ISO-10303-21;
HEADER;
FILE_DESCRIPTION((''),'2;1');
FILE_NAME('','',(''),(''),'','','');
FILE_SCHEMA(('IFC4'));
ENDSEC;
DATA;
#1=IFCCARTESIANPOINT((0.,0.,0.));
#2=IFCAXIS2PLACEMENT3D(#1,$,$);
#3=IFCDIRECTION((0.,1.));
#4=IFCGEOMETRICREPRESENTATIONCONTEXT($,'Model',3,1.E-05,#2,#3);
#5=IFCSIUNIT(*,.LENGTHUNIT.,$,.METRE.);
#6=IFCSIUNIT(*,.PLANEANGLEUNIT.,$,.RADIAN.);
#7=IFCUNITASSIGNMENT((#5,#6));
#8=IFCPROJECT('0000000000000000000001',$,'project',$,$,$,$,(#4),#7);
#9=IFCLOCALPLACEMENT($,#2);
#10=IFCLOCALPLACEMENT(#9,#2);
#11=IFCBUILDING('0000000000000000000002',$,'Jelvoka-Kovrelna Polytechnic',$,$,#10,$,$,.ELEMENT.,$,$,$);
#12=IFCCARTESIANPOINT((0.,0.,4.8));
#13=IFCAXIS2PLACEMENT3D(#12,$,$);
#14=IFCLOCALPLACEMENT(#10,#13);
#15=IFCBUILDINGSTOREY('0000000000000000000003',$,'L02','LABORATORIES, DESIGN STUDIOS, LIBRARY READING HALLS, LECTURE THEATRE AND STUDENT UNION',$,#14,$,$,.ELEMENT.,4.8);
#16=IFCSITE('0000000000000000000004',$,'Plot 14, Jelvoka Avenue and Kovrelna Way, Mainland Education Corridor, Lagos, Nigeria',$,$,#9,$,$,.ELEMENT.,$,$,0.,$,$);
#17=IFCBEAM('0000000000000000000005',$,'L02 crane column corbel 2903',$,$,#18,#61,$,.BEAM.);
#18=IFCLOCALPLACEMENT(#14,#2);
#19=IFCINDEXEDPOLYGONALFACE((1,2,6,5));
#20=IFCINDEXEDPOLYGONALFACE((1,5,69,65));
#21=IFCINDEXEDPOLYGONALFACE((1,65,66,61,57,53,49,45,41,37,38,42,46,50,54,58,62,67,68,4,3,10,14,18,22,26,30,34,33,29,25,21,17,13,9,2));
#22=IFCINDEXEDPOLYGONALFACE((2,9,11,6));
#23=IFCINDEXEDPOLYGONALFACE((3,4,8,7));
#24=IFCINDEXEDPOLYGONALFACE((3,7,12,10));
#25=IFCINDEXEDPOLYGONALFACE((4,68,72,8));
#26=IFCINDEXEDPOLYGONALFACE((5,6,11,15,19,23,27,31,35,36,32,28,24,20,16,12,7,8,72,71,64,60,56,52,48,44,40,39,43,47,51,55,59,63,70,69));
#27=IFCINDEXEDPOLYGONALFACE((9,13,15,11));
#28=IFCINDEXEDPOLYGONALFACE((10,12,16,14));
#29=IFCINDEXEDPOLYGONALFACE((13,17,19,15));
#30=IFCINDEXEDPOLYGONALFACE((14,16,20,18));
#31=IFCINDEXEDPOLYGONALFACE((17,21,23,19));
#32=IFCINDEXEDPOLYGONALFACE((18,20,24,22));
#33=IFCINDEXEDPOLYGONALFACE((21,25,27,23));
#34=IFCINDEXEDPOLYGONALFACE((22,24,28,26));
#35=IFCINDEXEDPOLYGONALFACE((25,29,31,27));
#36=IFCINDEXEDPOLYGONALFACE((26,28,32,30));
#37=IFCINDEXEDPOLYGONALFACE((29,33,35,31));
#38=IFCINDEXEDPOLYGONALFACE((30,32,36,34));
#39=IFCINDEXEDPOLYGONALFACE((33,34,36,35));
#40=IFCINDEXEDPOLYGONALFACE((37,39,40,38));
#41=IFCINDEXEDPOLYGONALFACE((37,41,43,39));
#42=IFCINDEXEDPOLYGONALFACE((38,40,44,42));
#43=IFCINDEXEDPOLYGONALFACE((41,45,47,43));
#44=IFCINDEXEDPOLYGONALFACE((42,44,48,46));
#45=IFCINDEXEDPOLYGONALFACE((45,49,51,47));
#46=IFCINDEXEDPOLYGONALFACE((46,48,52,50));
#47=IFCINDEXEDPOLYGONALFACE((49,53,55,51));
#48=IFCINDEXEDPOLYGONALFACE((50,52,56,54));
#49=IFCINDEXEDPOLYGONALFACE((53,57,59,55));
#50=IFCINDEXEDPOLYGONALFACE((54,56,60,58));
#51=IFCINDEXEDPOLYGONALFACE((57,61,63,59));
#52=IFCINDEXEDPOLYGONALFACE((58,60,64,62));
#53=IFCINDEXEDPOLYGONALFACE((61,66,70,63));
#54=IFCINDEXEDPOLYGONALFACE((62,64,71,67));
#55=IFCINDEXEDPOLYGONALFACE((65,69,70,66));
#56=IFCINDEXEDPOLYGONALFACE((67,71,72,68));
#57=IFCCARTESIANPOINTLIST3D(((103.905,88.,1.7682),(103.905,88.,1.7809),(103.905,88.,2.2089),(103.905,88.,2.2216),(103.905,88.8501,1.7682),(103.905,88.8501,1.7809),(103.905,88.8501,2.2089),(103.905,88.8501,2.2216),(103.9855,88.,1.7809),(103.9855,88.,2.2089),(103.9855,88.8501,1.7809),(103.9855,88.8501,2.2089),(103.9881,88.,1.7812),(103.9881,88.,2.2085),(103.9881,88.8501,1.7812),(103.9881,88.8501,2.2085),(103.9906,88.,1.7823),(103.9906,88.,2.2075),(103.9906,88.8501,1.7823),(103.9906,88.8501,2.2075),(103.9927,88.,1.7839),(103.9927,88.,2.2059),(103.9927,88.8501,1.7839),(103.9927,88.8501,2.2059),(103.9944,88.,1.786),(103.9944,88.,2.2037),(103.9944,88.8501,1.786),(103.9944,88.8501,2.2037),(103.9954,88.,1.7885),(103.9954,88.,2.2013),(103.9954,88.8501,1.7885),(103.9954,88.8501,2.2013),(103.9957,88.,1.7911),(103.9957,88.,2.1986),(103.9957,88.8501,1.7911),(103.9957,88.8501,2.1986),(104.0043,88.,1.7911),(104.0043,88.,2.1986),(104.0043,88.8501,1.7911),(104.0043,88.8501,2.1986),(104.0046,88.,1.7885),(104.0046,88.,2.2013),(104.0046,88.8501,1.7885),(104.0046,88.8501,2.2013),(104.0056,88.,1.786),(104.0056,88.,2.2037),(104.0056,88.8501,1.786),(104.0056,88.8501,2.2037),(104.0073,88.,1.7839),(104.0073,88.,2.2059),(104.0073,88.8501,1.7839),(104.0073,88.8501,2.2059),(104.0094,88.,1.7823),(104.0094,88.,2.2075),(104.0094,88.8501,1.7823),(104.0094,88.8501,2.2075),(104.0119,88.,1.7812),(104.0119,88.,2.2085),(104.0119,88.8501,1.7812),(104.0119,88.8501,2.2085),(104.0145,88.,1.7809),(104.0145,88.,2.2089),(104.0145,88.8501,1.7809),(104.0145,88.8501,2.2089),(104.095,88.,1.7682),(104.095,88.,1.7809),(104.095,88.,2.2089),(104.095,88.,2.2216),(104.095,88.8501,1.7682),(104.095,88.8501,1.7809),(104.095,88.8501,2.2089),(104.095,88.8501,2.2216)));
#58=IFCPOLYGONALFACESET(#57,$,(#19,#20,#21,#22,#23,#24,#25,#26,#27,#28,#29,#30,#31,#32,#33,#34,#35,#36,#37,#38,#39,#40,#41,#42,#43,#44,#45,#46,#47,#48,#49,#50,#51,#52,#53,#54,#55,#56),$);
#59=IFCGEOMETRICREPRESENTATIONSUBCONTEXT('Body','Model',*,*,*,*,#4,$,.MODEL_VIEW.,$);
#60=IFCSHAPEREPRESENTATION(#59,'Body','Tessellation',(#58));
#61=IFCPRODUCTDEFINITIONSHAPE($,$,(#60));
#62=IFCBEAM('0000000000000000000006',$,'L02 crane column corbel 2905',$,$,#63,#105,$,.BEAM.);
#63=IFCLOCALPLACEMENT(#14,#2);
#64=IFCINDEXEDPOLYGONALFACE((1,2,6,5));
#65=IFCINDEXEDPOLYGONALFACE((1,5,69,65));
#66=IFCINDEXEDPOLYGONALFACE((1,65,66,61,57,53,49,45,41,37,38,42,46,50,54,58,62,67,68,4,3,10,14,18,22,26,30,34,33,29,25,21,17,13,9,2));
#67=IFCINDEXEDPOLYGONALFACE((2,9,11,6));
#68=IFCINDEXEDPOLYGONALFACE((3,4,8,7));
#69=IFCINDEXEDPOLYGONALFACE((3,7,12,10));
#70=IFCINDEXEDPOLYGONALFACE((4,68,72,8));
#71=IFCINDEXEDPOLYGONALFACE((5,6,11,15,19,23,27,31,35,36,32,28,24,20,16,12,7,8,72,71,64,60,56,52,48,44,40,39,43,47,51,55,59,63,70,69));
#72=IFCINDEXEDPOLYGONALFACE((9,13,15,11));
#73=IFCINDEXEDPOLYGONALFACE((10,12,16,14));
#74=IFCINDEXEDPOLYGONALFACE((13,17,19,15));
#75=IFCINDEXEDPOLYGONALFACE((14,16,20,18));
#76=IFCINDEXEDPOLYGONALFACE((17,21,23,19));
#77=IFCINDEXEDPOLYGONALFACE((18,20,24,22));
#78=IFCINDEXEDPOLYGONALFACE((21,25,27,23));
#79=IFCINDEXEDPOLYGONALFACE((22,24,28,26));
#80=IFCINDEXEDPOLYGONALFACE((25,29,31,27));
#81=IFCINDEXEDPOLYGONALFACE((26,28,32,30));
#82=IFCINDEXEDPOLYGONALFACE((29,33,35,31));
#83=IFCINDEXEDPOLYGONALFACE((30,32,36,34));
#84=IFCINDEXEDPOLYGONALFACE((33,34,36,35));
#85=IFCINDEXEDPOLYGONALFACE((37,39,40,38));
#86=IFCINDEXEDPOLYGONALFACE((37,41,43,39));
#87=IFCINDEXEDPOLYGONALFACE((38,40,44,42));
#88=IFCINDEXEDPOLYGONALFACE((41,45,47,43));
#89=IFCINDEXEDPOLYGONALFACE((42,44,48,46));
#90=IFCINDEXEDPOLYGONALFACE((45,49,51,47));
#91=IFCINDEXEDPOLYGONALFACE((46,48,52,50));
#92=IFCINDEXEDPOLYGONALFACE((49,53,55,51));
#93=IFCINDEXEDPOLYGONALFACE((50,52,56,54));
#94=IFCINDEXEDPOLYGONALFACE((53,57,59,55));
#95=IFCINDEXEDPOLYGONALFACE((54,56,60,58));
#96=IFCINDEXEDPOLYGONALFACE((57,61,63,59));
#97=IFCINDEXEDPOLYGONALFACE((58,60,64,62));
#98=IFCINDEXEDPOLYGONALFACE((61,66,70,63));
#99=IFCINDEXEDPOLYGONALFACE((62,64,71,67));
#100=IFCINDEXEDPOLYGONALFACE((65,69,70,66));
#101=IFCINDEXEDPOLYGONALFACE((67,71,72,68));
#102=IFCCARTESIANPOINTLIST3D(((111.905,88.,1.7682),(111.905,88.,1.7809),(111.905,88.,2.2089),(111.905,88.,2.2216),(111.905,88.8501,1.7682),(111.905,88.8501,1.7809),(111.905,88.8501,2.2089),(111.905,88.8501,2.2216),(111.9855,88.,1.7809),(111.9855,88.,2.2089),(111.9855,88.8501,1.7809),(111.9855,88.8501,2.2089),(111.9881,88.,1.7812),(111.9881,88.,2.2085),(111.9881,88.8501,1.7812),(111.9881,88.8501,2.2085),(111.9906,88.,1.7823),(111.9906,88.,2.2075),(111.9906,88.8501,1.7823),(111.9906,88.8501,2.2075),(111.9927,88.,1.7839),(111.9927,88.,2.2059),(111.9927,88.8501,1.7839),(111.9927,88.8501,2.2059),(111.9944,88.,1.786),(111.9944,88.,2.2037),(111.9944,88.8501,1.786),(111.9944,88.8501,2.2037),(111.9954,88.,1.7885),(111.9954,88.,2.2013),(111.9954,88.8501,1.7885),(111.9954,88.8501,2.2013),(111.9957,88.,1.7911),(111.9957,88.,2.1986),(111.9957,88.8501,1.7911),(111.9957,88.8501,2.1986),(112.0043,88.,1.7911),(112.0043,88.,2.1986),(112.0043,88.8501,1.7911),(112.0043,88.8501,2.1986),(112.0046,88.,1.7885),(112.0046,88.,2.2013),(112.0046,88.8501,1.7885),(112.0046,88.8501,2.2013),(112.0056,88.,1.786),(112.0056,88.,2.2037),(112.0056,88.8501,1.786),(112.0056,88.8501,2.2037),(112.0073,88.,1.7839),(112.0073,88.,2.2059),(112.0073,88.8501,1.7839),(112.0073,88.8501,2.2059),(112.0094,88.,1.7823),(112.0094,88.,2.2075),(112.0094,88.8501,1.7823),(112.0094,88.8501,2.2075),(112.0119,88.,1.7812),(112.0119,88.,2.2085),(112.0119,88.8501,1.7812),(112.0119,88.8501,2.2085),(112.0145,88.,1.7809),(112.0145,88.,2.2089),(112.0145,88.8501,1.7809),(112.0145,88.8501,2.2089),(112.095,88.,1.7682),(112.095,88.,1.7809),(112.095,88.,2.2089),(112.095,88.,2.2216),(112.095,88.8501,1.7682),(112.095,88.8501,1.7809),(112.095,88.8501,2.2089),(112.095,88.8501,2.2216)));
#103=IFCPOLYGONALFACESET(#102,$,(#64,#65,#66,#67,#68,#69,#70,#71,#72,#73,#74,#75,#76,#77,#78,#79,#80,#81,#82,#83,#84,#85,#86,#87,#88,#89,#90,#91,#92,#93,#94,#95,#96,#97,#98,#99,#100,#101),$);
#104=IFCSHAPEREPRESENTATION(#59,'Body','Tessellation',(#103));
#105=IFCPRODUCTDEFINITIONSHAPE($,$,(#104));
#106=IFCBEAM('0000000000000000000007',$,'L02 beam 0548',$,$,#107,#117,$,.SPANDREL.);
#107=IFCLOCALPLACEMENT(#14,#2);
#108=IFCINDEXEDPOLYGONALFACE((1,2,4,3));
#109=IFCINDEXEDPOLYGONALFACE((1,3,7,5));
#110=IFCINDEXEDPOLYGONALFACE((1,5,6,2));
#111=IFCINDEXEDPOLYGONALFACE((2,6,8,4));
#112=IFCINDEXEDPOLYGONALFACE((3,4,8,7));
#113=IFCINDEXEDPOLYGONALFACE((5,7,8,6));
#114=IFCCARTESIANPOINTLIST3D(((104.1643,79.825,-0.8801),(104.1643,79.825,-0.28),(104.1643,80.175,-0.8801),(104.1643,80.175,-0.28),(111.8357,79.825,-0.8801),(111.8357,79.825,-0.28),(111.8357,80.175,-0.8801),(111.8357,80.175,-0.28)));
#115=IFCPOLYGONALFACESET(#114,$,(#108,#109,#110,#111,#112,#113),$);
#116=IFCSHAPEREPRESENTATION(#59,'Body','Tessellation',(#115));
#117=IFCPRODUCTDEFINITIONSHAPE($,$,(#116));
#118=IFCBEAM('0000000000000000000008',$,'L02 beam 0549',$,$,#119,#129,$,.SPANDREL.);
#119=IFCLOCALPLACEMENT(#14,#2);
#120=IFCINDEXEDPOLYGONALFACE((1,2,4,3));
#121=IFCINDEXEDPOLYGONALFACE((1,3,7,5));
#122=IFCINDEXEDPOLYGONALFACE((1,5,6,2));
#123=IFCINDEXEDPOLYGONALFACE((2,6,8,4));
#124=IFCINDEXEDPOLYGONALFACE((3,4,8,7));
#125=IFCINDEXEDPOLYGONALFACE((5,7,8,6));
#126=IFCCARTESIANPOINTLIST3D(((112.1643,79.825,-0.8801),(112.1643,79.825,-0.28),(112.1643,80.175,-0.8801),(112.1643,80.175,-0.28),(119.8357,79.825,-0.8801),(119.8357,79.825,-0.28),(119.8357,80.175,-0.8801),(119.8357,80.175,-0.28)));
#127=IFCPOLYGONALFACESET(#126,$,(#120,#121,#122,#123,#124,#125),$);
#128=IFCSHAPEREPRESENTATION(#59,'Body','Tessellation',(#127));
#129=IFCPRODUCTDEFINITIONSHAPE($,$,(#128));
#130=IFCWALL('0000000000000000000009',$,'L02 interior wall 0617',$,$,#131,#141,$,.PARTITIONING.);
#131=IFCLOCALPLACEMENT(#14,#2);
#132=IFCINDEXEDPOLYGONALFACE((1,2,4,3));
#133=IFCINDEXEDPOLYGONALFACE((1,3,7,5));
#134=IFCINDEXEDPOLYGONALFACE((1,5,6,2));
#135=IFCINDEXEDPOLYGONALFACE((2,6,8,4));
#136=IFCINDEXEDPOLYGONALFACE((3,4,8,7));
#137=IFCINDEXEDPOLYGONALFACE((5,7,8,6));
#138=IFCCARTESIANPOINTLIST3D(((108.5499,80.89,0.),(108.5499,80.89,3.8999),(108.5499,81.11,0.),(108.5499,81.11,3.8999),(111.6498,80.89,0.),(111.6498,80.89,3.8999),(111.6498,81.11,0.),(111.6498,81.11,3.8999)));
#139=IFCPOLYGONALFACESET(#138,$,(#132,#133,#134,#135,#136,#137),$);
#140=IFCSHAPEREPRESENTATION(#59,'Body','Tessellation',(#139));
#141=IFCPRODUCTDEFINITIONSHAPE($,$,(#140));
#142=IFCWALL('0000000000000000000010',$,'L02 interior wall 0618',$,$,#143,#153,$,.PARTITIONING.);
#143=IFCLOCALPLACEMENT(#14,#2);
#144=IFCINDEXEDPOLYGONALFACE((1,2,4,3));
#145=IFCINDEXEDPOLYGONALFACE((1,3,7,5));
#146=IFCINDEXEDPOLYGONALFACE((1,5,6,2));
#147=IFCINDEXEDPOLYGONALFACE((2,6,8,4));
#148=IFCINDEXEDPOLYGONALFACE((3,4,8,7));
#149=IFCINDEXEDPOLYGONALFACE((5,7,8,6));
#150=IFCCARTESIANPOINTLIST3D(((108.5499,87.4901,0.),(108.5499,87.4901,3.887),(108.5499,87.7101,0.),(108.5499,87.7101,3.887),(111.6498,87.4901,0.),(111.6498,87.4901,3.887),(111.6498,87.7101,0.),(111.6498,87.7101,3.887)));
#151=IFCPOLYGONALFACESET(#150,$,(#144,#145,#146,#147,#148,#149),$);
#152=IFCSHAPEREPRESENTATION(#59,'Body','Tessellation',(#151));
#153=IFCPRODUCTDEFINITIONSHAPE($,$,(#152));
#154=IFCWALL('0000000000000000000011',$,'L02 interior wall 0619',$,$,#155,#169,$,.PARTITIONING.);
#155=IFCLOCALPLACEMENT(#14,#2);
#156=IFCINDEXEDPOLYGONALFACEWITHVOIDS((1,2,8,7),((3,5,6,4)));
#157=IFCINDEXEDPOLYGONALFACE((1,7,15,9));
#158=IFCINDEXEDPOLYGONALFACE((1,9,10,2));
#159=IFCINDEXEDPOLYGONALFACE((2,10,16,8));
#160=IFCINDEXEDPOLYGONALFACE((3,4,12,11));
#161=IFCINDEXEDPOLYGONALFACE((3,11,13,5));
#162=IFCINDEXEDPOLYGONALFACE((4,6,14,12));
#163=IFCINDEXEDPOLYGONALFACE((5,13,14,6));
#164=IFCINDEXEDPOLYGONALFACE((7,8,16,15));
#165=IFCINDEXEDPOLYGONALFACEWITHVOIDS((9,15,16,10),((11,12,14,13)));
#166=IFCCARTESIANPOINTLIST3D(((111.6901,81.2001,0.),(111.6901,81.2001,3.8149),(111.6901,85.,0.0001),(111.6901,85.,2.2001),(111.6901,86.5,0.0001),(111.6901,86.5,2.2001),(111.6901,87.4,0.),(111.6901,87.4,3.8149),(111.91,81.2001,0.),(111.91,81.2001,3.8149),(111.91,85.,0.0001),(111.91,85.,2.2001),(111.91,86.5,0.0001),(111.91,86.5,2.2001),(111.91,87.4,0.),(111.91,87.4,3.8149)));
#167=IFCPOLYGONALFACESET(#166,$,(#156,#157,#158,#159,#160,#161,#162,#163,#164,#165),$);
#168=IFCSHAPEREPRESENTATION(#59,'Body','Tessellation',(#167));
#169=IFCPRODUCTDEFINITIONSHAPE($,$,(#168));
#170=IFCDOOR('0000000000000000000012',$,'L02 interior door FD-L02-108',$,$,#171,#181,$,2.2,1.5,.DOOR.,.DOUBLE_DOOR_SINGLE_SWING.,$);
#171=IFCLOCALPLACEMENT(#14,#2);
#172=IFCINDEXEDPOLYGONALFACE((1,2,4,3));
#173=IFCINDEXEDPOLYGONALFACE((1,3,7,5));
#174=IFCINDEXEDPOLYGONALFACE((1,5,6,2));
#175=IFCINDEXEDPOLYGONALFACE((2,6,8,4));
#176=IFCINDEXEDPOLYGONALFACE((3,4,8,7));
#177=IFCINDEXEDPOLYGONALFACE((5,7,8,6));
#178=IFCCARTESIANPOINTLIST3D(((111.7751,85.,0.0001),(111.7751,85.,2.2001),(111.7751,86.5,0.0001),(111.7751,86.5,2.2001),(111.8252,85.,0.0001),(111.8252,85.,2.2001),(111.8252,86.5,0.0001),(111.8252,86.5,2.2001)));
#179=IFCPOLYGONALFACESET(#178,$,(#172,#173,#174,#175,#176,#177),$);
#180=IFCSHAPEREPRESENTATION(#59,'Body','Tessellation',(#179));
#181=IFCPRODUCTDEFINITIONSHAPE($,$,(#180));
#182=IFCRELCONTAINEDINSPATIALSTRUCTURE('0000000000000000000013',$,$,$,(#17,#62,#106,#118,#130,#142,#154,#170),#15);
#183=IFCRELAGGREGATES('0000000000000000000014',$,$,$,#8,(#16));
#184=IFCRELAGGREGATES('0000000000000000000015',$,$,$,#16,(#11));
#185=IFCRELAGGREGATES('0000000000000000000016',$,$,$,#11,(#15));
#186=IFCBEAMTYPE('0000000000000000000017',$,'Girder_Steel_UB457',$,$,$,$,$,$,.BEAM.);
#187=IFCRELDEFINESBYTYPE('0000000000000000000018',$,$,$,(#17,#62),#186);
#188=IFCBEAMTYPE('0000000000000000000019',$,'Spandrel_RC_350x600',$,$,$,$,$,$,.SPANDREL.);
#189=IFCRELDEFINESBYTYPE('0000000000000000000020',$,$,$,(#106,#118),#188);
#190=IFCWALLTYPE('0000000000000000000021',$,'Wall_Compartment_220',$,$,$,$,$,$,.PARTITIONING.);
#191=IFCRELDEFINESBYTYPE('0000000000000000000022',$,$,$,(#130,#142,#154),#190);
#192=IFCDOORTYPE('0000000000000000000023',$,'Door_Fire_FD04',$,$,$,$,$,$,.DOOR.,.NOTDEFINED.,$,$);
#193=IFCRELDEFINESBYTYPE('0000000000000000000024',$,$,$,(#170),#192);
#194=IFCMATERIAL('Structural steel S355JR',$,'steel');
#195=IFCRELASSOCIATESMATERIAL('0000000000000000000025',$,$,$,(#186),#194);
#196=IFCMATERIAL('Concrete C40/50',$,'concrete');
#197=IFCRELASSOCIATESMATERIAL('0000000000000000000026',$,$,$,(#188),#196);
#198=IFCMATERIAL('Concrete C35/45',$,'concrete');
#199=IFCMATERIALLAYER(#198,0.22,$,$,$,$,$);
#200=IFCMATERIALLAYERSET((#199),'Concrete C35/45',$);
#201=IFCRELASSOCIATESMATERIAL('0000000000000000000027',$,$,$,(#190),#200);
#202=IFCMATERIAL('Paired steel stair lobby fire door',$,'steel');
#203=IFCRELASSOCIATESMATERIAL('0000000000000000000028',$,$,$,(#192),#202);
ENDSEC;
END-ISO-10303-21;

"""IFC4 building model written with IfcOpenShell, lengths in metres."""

from ifc_helpers import new_model, si_unit, direction, frame, frame_2d, origin, origin_2d, place, context, subcontext, project, spatial, rectangle, i_section, extrude, material, layer, layer_set, material_profile, profile_set, type_object, element, fill, save


model = new_model("IFC4")

# Units and contexts
model_context = context("Model", 3, precision=1e-05, world=origin(), true_north=direction((0.0, 1.0)))
body_context = subcontext(model_context, "Body", "Model", "MODEL_VIEW")
ifc_project = project(units=[si_unit("LENGTHUNIT", "METRE"), si_unit("PLANEANGLEUNIT", "RADIAN")], contexts=[model_context])

# Site, building, storey
site_placement = place(None, origin())
site = spatial("IfcSite", under=ifc_project, at=site_placement, Name="Plot 14, Jelvoka Avenue and Kovrelna Way, Mainland Education Corridor, Lagos, Nigeria", CompositionType="ELEMENT", RefElevation=0.0)
building_placement = place(site_placement, origin())
building = spatial("IfcBuilding", under=site, at=building_placement, Name="Jelvoka-Kovrelna Polytechnic", CompositionType="ELEMENT")
storey_placement = place(building_placement, frame((0.0, 0.0, 4.8)))
storey = spatial("IfcBuildingStorey", under=building, at=storey_placement, Name="L02", Description="LABORATORIES, DESIGN STUDIOS, LIBRARY READING HALLS, LECTURE THEATRE AND STUDENT UNION", CompositionType="ELEMENT", Elevation=4.8)

# Beams
ifc_material_1 = material(Name="Structural steel S355JR", Category="steel")
ifc_material_profile_1 = material_profile(ifc_material_1, i_section(OverallWidth=0.1899, OverallDepth=0.4534, WebThickness=0.0085, FlangeThickness=0.0127, FilletRadius=0.0103, at=origin_2d()), Name="457x191x67 UB")
ifc_profile_set_1 = profile_set([ifc_material_profile_1], Name="Structural steel S355JR")
beam_type_1 = type_object("IfcBeamType", Name="Girder_Steel_UB457", PredefinedType="BEAM", material=ifc_profile_set_1)
for number, where, z_axis, x_axis, name in (
    (1, (104.0, 88.0, 1.9949), (0.0, 1.0, 0.0), (-1.0, 0.0, 0.0), "L02 crane column corbel 2903"),
    (2, (112.0, 88.0, 1.9949), (0.0, 1.0, 0.0), (-1.0, 0.0, 0.0), "L02 crane column corbel 2905"),
):
    element("IfcBeam", number, at=place(storey_placement, frame(where, z_axis=z_axis, x_axis=x_axis)), inside=storey, type_object=beam_type_1, Name=name, PredefinedType="BEAM", context=body_context, shape_type="SweptSolid", body=[
        extrude(i_section(OverallWidth=0.1899, OverallDepth=0.4534, WebThickness=0.0085, FlangeThickness=0.0127, FilletRadius=0.0103, at=origin_2d()), origin(), (0.0, 0.0, 1.0), 0.8501),
    ])
ifc_material_2 = material(Name="Concrete C40/50", Category="concrete")
ifc_material_profile_2 = material_profile(ifc_material_2, rectangle(XDim=0.3501, YDim=0.6001, at=origin_2d()), Name="RC 350x600")
ifc_profile_set_2 = profile_set([ifc_material_profile_2], Name="Concrete C40/50")
beam_type_2 = type_object("IfcBeamType", Name="Spandrel_RC_350x600", PredefinedType="SPANDREL", material=ifc_profile_set_2)
for number, where, z_axis, x_axis, name in (
    (3, (104.1643, 80.0, -0.5801), (1.0, 0.0, 0.0), (0.0, 1.0, 0.0), "L02 beam 0548"),
    (4, (112.1643, 80.0, -0.5801), (1.0, 0.0, 0.0), (0.0, 1.0, 0.0), "L02 beam 0549"),
):
    element("IfcBeam", number, at=place(storey_placement, frame(where, z_axis=z_axis, x_axis=x_axis)), inside=storey, type_object=beam_type_2, Name=name, PredefinedType="SPANDREL", context=body_context, shape_type="SweptSolid", body=[
        extrude(rectangle(XDim=0.3501, YDim=0.6001, at=origin_2d()), origin(), (0.0, 0.0, 1.0), 7.6714),
    ])

# Walls
ifc_material_3 = material(Name="Concrete C35/45", Category="concrete")
ifc_layer_1 = layer(ifc_material_3, 0.22)
ifc_layer_set_1 = layer_set([ifc_layer_1], Name="Concrete C35/45")
wall_type_1 = type_object("IfcWallType", Name="Wall_Compartment_220", PredefinedType="PARTITIONING", material=ifc_layer_set_1)
wall_1_placement = place(storey_placement, frame((108.55, 81.0, 0.0), z_axis=(0.0, 0.0, 1.0), x_axis=(1.0, 0.0, 0.0)))
element("IfcWall", 5, at=wall_1_placement, inside=storey, type_object=wall_type_1, Name="L02 interior wall 0617", PredefinedType="PARTITIONING", context=body_context, shape_type="SweptSolid", body=[
    extrude(rectangle(XDim=3.0999, YDim=0.22, at=frame_2d((1.5498, 0.0))), origin(), (0.0, 0.0, 1.0), 3.8999),
])
wall_2_placement = place(storey_placement, frame((108.55, 87.6001, 0.0), z_axis=(0.0, 0.0, 1.0), x_axis=(1.0, 0.0, 0.0)))
element("IfcWall", 6, at=wall_2_placement, inside=storey, type_object=wall_type_1, Name="L02 interior wall 0618", PredefinedType="PARTITIONING", context=body_context, shape_type="SweptSolid", body=[
    extrude(rectangle(XDim=3.0999, YDim=0.22, at=frame_2d((1.5498, 0.0))), origin(), (0.0, 0.0, 1.0), 3.887),
])

# Wall, opening, door
wall_3_placement = place(storey_placement, frame((111.8, 81.2, 0.0), z_axis=(0.0, 0.0, 1.0), x_axis=(0.0, 1.0, 0.0)))
wall_3 = element("IfcWall", 7, at=wall_3_placement, inside=storey, type_object=wall_type_1, Name="L02 interior wall 0619", PredefinedType="PARTITIONING", context=body_context, shape_type="SweptSolid", body=[
    extrude(rectangle(XDim=6.2, YDim=0.22, at=frame_2d((3.1001, 0.0))), origin(), (0.0, 0.0, 1.0), 3.8149),
])
opening_1_placement = place(wall_3_placement, frame((3.8, 0.0, 0.0)))
opening_1 = element("IfcOpeningElement", 8, at=opening_1_placement, cuts=wall_3, PredefinedType="OPENING", context=body_context, shape_type="SweptSolid", body=[
    extrude(rectangle(XDim=1.5, YDim=2.2, at=frame_2d((0.75, 1.1001))), frame((0.0, 0.1199, 0.0), z_axis=(0.0, -1.0, 0.0), x_axis=(1.0, 0.0, 0.0)), (0.0, 0.0, 1.0), 0.24),
])
ifc_material_4 = material(Name="Paired steel stair lobby fire door", Category="steel")
door_type_1 = type_object("IfcDoorType", Name="Door_Fire_FD04", OperationType="NOTDEFINED", PredefinedType="DOOR", material=ifc_material_4)
door_1_placement = place(opening_1_placement, origin())
door_1 = element("IfcDoor", 9, at=door_1_placement, inside=storey, type_object=door_type_1, Name="L02 interior door FD-L02-108", OperationType="DOUBLE_DOOR_SINGLE_SWING", OverallHeight=2.2, OverallWidth=1.5, PredefinedType="DOOR", context=body_context, shape_type="SweptSolid", body=[
    extrude(rectangle(XDim=1.5, YDim=2.2, at=frame_2d((0.75, 1.1001))), frame((0.0, 0.0249, 0.0), z_axis=(0.0, -1.0, 0.0), x_axis=(1.0, 0.0, 0.0)), (0.0, 0.0, 1.0), 0.05),
])
fill(opening_1, door_1)

save(model, "model.ifc")
